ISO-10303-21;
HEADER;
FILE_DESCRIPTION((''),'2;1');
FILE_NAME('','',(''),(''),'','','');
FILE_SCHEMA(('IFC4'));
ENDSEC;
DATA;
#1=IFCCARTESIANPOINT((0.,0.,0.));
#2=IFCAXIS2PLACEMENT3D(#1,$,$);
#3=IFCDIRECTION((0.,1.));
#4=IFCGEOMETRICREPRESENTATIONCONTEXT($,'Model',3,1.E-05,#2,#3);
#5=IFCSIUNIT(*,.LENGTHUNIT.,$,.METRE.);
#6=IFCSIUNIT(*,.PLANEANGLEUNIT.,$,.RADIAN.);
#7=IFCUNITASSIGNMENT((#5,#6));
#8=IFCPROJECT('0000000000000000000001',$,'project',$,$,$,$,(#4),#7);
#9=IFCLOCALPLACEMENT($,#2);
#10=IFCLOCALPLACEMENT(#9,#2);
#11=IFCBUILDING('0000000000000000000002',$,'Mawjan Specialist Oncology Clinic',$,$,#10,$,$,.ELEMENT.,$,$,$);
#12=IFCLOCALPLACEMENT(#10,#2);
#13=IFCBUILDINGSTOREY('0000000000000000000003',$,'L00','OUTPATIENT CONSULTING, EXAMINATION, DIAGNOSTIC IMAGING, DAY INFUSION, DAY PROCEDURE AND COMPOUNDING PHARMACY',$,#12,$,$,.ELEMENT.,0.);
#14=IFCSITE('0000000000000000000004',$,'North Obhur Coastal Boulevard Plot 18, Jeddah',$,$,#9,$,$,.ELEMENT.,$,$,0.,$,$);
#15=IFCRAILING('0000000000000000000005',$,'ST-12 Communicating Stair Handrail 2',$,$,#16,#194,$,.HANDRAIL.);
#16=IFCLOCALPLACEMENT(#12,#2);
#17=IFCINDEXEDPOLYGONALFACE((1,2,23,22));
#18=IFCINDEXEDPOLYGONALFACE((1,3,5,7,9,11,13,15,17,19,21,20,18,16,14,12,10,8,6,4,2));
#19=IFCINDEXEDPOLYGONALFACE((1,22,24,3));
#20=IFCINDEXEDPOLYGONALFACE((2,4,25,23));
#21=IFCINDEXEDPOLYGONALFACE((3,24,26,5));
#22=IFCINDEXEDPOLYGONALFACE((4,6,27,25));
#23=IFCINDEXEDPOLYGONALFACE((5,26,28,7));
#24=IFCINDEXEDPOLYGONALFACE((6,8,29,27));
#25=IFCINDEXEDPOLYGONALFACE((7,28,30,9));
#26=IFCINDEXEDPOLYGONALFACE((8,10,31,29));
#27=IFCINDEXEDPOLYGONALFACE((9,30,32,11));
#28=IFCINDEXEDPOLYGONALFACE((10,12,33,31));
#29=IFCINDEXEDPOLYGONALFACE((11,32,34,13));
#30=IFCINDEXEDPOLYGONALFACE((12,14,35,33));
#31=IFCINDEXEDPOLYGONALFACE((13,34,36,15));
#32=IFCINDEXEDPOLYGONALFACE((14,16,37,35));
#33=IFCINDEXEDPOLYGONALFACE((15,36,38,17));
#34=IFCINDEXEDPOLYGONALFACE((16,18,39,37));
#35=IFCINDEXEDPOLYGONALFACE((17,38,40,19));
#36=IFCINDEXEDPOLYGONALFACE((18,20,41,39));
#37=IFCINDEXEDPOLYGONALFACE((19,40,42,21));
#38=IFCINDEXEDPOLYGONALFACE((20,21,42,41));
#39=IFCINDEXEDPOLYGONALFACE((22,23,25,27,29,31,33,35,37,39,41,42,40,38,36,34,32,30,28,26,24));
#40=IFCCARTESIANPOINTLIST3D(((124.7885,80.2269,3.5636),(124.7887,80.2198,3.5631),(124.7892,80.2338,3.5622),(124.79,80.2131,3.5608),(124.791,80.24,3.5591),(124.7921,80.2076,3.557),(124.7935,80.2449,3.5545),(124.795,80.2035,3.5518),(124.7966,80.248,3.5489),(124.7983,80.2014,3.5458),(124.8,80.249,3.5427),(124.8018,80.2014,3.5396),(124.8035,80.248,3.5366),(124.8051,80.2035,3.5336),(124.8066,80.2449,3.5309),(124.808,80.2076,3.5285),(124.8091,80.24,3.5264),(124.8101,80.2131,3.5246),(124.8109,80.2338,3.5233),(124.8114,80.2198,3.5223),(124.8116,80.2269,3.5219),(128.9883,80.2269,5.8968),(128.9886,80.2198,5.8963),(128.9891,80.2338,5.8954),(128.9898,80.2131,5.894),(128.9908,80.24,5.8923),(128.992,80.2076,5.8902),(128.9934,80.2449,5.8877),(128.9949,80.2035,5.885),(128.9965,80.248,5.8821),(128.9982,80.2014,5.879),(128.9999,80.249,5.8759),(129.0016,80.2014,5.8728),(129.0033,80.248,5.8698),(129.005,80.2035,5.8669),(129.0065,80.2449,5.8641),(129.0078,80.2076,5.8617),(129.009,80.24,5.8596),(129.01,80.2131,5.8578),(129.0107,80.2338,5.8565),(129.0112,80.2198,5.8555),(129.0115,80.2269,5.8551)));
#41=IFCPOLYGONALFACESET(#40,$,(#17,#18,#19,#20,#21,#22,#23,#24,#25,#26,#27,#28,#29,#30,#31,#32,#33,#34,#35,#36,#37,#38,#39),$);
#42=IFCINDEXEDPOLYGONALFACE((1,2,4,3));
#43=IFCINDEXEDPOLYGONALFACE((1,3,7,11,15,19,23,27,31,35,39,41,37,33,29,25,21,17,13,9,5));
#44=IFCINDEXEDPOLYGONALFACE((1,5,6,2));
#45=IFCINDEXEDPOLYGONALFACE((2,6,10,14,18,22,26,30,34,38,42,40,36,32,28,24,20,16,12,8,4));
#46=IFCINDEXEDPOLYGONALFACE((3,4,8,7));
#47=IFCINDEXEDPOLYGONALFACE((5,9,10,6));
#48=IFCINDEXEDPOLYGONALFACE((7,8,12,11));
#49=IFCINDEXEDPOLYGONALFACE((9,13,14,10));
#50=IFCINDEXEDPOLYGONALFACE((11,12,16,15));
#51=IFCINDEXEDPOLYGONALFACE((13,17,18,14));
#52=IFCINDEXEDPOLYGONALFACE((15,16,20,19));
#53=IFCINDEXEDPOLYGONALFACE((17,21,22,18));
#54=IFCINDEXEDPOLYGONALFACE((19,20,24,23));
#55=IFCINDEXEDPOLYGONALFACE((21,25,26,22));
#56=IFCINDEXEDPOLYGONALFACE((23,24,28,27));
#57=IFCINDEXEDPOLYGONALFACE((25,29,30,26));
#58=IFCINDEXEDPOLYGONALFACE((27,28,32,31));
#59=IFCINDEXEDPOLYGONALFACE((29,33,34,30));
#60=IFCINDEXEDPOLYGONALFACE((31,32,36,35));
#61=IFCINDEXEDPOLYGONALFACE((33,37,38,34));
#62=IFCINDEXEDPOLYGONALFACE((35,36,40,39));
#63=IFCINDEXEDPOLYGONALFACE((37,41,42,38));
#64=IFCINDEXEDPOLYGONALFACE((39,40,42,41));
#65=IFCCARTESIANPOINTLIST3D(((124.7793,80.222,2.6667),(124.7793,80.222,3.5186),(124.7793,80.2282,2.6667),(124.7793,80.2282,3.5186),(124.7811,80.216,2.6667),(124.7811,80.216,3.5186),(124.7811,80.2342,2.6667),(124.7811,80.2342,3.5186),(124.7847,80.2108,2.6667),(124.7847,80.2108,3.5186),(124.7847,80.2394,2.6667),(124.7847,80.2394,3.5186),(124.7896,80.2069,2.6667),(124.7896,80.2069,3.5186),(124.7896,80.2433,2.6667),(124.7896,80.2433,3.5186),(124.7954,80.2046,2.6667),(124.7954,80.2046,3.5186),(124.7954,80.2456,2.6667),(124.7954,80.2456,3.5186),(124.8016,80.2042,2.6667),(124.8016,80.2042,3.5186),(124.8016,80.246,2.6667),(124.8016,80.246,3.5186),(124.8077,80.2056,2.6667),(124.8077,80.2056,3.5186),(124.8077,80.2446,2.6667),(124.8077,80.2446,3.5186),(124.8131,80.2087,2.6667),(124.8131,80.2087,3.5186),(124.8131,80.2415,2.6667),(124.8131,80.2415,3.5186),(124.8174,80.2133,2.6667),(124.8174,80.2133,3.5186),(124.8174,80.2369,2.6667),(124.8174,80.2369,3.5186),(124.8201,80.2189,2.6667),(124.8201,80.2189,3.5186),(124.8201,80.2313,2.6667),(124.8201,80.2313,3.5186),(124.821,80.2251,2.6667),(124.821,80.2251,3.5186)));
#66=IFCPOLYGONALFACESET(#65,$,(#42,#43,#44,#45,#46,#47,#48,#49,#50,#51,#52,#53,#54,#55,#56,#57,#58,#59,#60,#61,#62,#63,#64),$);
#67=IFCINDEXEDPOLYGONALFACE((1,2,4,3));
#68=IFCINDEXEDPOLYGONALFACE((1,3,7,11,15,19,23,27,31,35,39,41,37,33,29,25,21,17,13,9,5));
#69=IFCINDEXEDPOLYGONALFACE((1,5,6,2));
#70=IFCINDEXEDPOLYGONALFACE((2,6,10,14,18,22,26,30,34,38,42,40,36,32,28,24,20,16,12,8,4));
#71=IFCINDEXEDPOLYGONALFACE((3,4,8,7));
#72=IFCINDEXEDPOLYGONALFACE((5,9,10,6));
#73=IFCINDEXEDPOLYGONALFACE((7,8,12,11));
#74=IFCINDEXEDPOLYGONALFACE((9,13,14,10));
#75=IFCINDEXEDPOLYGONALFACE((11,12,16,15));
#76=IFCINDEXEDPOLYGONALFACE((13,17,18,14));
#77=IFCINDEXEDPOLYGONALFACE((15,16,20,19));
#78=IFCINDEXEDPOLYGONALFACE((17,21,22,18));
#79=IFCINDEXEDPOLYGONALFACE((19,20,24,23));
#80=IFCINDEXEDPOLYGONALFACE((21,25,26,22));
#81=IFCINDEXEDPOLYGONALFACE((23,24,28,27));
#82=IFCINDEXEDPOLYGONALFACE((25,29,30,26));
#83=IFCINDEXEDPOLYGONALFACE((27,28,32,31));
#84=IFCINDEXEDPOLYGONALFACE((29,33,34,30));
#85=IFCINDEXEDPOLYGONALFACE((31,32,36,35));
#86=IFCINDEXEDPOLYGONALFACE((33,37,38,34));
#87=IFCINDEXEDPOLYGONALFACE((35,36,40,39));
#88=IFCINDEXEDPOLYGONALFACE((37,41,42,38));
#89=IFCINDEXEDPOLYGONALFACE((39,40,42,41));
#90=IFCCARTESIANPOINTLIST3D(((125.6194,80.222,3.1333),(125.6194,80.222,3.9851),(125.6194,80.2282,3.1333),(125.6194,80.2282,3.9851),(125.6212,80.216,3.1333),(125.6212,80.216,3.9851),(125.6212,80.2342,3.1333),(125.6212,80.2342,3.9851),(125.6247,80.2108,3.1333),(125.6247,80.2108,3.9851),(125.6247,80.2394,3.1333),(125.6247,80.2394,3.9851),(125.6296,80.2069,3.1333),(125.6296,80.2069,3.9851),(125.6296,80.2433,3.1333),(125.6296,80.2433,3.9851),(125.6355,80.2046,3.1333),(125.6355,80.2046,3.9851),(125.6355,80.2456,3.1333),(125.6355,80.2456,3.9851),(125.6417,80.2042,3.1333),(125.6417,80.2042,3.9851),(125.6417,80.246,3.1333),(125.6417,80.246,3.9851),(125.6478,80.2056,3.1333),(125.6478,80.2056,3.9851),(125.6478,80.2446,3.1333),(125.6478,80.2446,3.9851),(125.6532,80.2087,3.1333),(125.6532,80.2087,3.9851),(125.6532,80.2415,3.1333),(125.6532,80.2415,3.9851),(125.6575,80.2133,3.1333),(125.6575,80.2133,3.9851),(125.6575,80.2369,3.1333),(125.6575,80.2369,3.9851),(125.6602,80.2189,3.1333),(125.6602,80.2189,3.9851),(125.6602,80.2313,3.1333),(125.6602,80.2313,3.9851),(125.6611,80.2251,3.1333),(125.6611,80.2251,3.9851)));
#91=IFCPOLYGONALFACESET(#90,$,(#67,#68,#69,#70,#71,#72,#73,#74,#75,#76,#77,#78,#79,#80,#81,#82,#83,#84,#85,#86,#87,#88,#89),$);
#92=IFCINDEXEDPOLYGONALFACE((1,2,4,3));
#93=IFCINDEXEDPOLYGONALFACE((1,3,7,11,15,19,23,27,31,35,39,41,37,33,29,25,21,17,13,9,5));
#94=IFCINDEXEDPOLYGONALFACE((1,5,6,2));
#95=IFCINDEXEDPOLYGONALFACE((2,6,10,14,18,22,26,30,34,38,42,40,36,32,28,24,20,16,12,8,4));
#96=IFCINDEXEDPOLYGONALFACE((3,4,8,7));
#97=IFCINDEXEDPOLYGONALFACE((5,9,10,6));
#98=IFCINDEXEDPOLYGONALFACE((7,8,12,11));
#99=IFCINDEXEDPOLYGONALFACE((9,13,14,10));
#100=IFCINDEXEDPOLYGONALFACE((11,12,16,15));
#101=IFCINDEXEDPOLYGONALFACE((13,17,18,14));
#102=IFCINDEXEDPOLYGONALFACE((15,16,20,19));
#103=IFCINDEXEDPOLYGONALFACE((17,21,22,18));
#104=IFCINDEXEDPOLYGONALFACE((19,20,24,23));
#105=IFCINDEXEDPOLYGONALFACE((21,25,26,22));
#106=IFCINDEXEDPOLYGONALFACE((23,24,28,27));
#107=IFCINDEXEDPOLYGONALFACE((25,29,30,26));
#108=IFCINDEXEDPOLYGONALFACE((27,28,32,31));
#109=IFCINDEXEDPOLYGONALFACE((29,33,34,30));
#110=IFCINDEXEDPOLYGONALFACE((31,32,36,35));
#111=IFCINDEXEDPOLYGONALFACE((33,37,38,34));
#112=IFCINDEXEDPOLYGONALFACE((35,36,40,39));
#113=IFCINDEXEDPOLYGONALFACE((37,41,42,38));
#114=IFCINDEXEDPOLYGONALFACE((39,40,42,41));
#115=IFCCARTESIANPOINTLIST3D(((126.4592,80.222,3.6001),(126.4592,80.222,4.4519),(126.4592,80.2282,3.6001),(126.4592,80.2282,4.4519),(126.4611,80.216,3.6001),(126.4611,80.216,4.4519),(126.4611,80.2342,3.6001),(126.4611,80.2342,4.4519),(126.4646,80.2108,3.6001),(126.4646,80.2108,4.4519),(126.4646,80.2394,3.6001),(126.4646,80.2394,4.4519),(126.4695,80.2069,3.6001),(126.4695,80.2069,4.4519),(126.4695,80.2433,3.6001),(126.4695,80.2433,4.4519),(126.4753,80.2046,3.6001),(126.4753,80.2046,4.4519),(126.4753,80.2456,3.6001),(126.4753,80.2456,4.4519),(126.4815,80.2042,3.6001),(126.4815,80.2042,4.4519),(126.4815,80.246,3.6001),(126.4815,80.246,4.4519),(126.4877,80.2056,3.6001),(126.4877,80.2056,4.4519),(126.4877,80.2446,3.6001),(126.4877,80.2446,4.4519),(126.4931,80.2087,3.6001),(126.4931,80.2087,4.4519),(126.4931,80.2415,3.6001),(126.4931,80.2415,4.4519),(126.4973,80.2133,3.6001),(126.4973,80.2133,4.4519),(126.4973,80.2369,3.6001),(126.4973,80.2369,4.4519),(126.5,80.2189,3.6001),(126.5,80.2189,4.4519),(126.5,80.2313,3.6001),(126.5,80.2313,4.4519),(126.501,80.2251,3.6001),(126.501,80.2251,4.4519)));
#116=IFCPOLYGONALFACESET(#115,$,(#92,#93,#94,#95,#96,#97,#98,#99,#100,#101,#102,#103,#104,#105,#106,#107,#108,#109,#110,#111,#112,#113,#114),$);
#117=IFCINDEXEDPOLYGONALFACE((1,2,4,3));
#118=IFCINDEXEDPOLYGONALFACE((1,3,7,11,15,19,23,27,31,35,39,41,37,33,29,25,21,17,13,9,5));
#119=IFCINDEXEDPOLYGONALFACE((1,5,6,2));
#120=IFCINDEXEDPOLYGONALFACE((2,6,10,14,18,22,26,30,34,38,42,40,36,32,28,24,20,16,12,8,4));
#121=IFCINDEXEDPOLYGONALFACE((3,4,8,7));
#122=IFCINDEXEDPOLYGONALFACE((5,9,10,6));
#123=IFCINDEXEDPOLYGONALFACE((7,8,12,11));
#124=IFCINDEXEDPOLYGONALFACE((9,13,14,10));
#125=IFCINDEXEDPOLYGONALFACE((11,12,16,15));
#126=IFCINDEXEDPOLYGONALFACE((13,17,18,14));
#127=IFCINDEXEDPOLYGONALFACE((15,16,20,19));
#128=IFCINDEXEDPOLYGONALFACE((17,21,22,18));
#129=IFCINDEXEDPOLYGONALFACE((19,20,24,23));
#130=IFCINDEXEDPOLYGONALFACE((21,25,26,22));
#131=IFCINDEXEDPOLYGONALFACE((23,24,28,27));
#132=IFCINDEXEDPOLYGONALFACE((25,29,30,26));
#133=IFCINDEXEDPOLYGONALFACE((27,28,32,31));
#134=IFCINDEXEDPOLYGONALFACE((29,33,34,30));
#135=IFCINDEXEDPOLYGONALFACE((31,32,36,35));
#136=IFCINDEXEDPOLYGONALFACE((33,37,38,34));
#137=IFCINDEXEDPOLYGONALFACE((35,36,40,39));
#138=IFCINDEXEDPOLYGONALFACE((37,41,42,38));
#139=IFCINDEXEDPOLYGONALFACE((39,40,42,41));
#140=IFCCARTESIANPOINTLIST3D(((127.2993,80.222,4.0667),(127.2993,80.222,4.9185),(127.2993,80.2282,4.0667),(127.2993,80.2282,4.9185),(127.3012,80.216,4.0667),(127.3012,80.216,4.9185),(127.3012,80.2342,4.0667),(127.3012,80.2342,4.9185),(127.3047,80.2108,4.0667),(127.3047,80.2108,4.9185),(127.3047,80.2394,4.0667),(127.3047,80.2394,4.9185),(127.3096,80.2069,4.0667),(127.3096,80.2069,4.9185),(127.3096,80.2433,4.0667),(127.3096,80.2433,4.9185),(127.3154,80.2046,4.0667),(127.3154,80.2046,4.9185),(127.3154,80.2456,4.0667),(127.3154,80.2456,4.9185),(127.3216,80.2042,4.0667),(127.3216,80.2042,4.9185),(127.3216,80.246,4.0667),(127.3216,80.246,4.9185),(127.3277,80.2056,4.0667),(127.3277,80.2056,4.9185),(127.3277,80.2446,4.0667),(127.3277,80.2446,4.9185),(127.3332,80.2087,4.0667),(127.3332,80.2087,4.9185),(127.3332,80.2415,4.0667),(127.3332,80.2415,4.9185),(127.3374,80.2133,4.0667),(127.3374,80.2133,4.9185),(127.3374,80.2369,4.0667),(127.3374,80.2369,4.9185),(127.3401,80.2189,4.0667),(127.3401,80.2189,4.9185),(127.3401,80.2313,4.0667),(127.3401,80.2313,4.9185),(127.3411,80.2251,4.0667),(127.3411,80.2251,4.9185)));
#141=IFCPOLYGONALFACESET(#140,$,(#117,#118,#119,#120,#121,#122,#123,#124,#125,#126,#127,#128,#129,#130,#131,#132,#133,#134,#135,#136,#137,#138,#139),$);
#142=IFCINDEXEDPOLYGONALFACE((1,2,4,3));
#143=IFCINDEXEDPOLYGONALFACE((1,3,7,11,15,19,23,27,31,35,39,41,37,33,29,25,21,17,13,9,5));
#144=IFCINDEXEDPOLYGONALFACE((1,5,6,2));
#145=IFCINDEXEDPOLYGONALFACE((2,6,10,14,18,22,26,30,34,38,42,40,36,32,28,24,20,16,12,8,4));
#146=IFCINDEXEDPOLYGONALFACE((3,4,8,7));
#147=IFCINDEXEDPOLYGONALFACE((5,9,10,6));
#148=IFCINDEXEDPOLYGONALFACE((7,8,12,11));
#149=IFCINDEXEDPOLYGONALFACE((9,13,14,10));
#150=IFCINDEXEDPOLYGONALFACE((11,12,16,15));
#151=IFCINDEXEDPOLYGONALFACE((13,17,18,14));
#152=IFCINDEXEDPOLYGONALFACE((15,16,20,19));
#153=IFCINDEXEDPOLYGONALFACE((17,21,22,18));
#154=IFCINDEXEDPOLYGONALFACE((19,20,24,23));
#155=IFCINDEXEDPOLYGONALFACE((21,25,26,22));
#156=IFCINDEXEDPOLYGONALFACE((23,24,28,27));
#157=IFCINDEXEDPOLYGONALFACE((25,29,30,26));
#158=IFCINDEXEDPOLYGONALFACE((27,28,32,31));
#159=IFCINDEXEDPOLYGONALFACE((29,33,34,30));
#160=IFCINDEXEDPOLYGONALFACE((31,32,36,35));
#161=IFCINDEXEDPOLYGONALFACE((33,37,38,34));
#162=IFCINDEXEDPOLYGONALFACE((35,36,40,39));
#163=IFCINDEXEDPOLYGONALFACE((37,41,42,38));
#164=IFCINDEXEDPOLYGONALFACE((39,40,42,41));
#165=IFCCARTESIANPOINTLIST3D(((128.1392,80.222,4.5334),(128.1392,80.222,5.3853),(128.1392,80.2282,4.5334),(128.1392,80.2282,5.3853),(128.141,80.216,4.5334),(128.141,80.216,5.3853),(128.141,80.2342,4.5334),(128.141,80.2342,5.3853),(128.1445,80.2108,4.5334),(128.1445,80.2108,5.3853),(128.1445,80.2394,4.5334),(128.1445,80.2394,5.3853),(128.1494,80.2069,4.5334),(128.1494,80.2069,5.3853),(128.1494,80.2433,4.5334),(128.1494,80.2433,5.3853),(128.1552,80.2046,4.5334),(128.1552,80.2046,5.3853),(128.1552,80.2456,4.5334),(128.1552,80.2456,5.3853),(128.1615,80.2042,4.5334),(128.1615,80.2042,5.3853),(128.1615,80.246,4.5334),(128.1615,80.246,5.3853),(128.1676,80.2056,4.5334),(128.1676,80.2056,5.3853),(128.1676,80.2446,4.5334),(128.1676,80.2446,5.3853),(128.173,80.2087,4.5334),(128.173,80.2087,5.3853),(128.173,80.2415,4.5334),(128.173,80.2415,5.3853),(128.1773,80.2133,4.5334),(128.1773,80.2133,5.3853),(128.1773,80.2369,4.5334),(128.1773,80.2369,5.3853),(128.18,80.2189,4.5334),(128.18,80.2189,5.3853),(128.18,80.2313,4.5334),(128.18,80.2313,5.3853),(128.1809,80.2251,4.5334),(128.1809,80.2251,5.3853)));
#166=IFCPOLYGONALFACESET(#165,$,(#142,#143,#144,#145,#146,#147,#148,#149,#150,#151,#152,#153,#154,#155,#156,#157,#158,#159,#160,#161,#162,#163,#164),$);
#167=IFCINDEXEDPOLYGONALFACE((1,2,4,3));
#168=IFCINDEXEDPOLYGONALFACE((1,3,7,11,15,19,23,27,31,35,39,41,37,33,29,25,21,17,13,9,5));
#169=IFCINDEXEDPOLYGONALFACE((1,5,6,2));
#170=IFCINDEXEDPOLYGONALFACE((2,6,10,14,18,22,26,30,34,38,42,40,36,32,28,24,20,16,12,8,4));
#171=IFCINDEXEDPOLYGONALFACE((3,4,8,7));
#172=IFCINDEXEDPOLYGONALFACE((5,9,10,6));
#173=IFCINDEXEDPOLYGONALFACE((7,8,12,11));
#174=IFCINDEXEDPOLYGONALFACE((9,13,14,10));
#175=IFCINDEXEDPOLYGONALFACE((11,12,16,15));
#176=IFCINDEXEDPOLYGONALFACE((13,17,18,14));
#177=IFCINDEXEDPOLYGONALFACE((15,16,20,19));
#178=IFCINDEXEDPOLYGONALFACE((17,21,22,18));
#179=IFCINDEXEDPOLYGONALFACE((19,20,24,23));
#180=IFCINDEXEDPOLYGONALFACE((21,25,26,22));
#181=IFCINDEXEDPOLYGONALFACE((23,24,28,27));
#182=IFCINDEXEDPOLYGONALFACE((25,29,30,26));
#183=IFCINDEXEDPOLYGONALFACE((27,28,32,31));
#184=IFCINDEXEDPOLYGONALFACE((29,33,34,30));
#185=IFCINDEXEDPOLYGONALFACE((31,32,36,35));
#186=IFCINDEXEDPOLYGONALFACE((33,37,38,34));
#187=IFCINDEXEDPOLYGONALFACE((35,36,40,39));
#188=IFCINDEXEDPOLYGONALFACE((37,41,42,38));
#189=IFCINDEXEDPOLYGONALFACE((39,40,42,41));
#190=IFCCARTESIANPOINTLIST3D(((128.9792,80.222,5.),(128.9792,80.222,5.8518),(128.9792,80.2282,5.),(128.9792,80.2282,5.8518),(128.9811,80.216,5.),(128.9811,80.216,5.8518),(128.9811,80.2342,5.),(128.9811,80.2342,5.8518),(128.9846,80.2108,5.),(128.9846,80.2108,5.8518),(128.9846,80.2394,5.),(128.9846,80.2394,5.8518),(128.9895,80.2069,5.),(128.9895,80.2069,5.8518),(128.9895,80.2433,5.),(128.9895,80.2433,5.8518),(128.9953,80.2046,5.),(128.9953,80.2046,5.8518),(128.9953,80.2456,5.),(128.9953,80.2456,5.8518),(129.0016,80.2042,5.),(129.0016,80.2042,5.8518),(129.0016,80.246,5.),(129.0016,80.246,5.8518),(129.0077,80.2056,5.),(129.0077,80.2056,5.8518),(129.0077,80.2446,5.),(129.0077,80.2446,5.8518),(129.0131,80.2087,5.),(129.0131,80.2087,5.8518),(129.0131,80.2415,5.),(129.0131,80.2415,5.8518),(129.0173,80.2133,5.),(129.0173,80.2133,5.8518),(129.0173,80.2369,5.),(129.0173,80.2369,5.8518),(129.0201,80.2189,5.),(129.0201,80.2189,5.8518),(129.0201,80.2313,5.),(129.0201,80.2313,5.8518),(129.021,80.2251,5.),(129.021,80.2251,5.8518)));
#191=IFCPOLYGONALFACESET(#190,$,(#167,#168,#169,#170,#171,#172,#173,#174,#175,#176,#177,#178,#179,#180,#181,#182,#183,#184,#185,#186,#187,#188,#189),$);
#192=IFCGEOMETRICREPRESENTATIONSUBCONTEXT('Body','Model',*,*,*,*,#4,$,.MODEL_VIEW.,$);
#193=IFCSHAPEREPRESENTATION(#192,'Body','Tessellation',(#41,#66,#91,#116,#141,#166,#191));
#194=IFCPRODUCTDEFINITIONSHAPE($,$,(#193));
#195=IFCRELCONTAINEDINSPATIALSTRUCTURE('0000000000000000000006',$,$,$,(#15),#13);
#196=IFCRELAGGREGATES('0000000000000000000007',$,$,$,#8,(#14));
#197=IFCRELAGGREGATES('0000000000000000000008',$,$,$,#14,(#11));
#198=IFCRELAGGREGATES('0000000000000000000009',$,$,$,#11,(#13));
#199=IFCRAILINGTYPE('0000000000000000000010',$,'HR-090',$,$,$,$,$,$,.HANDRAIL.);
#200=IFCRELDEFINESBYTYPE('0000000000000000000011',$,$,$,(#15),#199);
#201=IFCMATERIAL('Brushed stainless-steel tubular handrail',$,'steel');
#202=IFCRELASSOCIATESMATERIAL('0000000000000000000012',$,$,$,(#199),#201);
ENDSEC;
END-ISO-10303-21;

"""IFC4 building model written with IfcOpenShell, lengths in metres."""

from ifc_helpers import new_model, si_unit, direction, frame, origin, origin_2d, place, context, subcontext, project, spatial, circle, extrude, material, type_object, element, save


model = new_model("IFC4")

# Units and contexts
model_context = context("Model", 3, precision=1e-05, world=origin(), true_north=direction((0.0, 1.0)))
body_context = subcontext(model_context, "Body", "Model", "MODEL_VIEW")
ifc_project = project(units=[si_unit("LENGTHUNIT", "METRE"), si_unit("PLANEANGLEUNIT", "RADIAN")], contexts=[model_context])

# Site, building, storey
site_placement = place(None, origin())
site = spatial("IfcSite", under=ifc_project, at=site_placement, Name="North Obhur Coastal Boulevard Plot 18, Jeddah", CompositionType="ELEMENT", RefElevation=0.0)
building_placement = place(site_placement, origin())
building = spatial("IfcBuilding", under=site, at=building_placement, Name="Mawjan Specialist Oncology Clinic", CompositionType="ELEMENT")
storey_placement = place(building_placement, origin())
storey = spatial("IfcBuildingStorey", under=building, at=storey_placement, Name="L00", Description="OUTPATIENT CONSULTING, EXAMINATION, DIAGNOSTIC IMAGING, DAY INFUSION, DAY PROCEDURE AND COMPOUNDING PHARMACY", CompositionType="ELEMENT", Elevation=0.0)

# Railing
ifc_material_1 = material(Name="Brushed stainless-steel tubular handrail", Category="steel")
railing_type = type_object("IfcRailingType", Name="HR-090", PredefinedType="HANDRAIL", material=ifc_material_1)
railing_placement = place(storey_placement, frame((124.8, 80.2251, 2.6667)))
element("IfcRailing", 1, at=railing_placement, inside=storey, type_object=railing_type, Name="ST-12 Communicating Stair Handrail 2", PredefinedType="HANDRAIL", context=body_context, shape_type="SweptSolid", body=[
    extrude(circle(Radius=0.0239, at=origin_2d()), frame((0.0, 0.0, 0.876), z_axis=(0.874162, 0.0, 0.485634), x_axis=(0.0, 1.0, 0.0)), (0.0, 0.0, 1.0), 4.8044),
    extrude(circle(Radius=0.021, at=origin_2d()), origin(), (0.0, 0.0, 1.0), 0.8518),
    extrude(circle(Radius=0.021, at=origin_2d()), frame((0.8401, 0.0, 0.4666)), (0.0, 0.0, 1.0), 0.8518),
    extrude(circle(Radius=0.021, at=origin_2d()), frame((1.6799, 0.0, 0.9333)), (0.0, 0.0, 1.0), 0.8518),
    extrude(circle(Radius=0.021, at=origin_2d()), frame((2.52, 0.0, 1.3999)), (0.0, 0.0, 1.0), 0.8518),
    extrude(circle(Radius=0.021, at=origin_2d()), frame((3.3599, 0.0, 1.8667)), (0.0, 0.0, 1.0), 0.8518),
    extrude(circle(Radius=0.021, at=origin_2d()), frame((4.2, 0.0, 2.3333)), (0.0, 0.0, 1.0), 0.8518),
])

save(model, "model.ifc")
